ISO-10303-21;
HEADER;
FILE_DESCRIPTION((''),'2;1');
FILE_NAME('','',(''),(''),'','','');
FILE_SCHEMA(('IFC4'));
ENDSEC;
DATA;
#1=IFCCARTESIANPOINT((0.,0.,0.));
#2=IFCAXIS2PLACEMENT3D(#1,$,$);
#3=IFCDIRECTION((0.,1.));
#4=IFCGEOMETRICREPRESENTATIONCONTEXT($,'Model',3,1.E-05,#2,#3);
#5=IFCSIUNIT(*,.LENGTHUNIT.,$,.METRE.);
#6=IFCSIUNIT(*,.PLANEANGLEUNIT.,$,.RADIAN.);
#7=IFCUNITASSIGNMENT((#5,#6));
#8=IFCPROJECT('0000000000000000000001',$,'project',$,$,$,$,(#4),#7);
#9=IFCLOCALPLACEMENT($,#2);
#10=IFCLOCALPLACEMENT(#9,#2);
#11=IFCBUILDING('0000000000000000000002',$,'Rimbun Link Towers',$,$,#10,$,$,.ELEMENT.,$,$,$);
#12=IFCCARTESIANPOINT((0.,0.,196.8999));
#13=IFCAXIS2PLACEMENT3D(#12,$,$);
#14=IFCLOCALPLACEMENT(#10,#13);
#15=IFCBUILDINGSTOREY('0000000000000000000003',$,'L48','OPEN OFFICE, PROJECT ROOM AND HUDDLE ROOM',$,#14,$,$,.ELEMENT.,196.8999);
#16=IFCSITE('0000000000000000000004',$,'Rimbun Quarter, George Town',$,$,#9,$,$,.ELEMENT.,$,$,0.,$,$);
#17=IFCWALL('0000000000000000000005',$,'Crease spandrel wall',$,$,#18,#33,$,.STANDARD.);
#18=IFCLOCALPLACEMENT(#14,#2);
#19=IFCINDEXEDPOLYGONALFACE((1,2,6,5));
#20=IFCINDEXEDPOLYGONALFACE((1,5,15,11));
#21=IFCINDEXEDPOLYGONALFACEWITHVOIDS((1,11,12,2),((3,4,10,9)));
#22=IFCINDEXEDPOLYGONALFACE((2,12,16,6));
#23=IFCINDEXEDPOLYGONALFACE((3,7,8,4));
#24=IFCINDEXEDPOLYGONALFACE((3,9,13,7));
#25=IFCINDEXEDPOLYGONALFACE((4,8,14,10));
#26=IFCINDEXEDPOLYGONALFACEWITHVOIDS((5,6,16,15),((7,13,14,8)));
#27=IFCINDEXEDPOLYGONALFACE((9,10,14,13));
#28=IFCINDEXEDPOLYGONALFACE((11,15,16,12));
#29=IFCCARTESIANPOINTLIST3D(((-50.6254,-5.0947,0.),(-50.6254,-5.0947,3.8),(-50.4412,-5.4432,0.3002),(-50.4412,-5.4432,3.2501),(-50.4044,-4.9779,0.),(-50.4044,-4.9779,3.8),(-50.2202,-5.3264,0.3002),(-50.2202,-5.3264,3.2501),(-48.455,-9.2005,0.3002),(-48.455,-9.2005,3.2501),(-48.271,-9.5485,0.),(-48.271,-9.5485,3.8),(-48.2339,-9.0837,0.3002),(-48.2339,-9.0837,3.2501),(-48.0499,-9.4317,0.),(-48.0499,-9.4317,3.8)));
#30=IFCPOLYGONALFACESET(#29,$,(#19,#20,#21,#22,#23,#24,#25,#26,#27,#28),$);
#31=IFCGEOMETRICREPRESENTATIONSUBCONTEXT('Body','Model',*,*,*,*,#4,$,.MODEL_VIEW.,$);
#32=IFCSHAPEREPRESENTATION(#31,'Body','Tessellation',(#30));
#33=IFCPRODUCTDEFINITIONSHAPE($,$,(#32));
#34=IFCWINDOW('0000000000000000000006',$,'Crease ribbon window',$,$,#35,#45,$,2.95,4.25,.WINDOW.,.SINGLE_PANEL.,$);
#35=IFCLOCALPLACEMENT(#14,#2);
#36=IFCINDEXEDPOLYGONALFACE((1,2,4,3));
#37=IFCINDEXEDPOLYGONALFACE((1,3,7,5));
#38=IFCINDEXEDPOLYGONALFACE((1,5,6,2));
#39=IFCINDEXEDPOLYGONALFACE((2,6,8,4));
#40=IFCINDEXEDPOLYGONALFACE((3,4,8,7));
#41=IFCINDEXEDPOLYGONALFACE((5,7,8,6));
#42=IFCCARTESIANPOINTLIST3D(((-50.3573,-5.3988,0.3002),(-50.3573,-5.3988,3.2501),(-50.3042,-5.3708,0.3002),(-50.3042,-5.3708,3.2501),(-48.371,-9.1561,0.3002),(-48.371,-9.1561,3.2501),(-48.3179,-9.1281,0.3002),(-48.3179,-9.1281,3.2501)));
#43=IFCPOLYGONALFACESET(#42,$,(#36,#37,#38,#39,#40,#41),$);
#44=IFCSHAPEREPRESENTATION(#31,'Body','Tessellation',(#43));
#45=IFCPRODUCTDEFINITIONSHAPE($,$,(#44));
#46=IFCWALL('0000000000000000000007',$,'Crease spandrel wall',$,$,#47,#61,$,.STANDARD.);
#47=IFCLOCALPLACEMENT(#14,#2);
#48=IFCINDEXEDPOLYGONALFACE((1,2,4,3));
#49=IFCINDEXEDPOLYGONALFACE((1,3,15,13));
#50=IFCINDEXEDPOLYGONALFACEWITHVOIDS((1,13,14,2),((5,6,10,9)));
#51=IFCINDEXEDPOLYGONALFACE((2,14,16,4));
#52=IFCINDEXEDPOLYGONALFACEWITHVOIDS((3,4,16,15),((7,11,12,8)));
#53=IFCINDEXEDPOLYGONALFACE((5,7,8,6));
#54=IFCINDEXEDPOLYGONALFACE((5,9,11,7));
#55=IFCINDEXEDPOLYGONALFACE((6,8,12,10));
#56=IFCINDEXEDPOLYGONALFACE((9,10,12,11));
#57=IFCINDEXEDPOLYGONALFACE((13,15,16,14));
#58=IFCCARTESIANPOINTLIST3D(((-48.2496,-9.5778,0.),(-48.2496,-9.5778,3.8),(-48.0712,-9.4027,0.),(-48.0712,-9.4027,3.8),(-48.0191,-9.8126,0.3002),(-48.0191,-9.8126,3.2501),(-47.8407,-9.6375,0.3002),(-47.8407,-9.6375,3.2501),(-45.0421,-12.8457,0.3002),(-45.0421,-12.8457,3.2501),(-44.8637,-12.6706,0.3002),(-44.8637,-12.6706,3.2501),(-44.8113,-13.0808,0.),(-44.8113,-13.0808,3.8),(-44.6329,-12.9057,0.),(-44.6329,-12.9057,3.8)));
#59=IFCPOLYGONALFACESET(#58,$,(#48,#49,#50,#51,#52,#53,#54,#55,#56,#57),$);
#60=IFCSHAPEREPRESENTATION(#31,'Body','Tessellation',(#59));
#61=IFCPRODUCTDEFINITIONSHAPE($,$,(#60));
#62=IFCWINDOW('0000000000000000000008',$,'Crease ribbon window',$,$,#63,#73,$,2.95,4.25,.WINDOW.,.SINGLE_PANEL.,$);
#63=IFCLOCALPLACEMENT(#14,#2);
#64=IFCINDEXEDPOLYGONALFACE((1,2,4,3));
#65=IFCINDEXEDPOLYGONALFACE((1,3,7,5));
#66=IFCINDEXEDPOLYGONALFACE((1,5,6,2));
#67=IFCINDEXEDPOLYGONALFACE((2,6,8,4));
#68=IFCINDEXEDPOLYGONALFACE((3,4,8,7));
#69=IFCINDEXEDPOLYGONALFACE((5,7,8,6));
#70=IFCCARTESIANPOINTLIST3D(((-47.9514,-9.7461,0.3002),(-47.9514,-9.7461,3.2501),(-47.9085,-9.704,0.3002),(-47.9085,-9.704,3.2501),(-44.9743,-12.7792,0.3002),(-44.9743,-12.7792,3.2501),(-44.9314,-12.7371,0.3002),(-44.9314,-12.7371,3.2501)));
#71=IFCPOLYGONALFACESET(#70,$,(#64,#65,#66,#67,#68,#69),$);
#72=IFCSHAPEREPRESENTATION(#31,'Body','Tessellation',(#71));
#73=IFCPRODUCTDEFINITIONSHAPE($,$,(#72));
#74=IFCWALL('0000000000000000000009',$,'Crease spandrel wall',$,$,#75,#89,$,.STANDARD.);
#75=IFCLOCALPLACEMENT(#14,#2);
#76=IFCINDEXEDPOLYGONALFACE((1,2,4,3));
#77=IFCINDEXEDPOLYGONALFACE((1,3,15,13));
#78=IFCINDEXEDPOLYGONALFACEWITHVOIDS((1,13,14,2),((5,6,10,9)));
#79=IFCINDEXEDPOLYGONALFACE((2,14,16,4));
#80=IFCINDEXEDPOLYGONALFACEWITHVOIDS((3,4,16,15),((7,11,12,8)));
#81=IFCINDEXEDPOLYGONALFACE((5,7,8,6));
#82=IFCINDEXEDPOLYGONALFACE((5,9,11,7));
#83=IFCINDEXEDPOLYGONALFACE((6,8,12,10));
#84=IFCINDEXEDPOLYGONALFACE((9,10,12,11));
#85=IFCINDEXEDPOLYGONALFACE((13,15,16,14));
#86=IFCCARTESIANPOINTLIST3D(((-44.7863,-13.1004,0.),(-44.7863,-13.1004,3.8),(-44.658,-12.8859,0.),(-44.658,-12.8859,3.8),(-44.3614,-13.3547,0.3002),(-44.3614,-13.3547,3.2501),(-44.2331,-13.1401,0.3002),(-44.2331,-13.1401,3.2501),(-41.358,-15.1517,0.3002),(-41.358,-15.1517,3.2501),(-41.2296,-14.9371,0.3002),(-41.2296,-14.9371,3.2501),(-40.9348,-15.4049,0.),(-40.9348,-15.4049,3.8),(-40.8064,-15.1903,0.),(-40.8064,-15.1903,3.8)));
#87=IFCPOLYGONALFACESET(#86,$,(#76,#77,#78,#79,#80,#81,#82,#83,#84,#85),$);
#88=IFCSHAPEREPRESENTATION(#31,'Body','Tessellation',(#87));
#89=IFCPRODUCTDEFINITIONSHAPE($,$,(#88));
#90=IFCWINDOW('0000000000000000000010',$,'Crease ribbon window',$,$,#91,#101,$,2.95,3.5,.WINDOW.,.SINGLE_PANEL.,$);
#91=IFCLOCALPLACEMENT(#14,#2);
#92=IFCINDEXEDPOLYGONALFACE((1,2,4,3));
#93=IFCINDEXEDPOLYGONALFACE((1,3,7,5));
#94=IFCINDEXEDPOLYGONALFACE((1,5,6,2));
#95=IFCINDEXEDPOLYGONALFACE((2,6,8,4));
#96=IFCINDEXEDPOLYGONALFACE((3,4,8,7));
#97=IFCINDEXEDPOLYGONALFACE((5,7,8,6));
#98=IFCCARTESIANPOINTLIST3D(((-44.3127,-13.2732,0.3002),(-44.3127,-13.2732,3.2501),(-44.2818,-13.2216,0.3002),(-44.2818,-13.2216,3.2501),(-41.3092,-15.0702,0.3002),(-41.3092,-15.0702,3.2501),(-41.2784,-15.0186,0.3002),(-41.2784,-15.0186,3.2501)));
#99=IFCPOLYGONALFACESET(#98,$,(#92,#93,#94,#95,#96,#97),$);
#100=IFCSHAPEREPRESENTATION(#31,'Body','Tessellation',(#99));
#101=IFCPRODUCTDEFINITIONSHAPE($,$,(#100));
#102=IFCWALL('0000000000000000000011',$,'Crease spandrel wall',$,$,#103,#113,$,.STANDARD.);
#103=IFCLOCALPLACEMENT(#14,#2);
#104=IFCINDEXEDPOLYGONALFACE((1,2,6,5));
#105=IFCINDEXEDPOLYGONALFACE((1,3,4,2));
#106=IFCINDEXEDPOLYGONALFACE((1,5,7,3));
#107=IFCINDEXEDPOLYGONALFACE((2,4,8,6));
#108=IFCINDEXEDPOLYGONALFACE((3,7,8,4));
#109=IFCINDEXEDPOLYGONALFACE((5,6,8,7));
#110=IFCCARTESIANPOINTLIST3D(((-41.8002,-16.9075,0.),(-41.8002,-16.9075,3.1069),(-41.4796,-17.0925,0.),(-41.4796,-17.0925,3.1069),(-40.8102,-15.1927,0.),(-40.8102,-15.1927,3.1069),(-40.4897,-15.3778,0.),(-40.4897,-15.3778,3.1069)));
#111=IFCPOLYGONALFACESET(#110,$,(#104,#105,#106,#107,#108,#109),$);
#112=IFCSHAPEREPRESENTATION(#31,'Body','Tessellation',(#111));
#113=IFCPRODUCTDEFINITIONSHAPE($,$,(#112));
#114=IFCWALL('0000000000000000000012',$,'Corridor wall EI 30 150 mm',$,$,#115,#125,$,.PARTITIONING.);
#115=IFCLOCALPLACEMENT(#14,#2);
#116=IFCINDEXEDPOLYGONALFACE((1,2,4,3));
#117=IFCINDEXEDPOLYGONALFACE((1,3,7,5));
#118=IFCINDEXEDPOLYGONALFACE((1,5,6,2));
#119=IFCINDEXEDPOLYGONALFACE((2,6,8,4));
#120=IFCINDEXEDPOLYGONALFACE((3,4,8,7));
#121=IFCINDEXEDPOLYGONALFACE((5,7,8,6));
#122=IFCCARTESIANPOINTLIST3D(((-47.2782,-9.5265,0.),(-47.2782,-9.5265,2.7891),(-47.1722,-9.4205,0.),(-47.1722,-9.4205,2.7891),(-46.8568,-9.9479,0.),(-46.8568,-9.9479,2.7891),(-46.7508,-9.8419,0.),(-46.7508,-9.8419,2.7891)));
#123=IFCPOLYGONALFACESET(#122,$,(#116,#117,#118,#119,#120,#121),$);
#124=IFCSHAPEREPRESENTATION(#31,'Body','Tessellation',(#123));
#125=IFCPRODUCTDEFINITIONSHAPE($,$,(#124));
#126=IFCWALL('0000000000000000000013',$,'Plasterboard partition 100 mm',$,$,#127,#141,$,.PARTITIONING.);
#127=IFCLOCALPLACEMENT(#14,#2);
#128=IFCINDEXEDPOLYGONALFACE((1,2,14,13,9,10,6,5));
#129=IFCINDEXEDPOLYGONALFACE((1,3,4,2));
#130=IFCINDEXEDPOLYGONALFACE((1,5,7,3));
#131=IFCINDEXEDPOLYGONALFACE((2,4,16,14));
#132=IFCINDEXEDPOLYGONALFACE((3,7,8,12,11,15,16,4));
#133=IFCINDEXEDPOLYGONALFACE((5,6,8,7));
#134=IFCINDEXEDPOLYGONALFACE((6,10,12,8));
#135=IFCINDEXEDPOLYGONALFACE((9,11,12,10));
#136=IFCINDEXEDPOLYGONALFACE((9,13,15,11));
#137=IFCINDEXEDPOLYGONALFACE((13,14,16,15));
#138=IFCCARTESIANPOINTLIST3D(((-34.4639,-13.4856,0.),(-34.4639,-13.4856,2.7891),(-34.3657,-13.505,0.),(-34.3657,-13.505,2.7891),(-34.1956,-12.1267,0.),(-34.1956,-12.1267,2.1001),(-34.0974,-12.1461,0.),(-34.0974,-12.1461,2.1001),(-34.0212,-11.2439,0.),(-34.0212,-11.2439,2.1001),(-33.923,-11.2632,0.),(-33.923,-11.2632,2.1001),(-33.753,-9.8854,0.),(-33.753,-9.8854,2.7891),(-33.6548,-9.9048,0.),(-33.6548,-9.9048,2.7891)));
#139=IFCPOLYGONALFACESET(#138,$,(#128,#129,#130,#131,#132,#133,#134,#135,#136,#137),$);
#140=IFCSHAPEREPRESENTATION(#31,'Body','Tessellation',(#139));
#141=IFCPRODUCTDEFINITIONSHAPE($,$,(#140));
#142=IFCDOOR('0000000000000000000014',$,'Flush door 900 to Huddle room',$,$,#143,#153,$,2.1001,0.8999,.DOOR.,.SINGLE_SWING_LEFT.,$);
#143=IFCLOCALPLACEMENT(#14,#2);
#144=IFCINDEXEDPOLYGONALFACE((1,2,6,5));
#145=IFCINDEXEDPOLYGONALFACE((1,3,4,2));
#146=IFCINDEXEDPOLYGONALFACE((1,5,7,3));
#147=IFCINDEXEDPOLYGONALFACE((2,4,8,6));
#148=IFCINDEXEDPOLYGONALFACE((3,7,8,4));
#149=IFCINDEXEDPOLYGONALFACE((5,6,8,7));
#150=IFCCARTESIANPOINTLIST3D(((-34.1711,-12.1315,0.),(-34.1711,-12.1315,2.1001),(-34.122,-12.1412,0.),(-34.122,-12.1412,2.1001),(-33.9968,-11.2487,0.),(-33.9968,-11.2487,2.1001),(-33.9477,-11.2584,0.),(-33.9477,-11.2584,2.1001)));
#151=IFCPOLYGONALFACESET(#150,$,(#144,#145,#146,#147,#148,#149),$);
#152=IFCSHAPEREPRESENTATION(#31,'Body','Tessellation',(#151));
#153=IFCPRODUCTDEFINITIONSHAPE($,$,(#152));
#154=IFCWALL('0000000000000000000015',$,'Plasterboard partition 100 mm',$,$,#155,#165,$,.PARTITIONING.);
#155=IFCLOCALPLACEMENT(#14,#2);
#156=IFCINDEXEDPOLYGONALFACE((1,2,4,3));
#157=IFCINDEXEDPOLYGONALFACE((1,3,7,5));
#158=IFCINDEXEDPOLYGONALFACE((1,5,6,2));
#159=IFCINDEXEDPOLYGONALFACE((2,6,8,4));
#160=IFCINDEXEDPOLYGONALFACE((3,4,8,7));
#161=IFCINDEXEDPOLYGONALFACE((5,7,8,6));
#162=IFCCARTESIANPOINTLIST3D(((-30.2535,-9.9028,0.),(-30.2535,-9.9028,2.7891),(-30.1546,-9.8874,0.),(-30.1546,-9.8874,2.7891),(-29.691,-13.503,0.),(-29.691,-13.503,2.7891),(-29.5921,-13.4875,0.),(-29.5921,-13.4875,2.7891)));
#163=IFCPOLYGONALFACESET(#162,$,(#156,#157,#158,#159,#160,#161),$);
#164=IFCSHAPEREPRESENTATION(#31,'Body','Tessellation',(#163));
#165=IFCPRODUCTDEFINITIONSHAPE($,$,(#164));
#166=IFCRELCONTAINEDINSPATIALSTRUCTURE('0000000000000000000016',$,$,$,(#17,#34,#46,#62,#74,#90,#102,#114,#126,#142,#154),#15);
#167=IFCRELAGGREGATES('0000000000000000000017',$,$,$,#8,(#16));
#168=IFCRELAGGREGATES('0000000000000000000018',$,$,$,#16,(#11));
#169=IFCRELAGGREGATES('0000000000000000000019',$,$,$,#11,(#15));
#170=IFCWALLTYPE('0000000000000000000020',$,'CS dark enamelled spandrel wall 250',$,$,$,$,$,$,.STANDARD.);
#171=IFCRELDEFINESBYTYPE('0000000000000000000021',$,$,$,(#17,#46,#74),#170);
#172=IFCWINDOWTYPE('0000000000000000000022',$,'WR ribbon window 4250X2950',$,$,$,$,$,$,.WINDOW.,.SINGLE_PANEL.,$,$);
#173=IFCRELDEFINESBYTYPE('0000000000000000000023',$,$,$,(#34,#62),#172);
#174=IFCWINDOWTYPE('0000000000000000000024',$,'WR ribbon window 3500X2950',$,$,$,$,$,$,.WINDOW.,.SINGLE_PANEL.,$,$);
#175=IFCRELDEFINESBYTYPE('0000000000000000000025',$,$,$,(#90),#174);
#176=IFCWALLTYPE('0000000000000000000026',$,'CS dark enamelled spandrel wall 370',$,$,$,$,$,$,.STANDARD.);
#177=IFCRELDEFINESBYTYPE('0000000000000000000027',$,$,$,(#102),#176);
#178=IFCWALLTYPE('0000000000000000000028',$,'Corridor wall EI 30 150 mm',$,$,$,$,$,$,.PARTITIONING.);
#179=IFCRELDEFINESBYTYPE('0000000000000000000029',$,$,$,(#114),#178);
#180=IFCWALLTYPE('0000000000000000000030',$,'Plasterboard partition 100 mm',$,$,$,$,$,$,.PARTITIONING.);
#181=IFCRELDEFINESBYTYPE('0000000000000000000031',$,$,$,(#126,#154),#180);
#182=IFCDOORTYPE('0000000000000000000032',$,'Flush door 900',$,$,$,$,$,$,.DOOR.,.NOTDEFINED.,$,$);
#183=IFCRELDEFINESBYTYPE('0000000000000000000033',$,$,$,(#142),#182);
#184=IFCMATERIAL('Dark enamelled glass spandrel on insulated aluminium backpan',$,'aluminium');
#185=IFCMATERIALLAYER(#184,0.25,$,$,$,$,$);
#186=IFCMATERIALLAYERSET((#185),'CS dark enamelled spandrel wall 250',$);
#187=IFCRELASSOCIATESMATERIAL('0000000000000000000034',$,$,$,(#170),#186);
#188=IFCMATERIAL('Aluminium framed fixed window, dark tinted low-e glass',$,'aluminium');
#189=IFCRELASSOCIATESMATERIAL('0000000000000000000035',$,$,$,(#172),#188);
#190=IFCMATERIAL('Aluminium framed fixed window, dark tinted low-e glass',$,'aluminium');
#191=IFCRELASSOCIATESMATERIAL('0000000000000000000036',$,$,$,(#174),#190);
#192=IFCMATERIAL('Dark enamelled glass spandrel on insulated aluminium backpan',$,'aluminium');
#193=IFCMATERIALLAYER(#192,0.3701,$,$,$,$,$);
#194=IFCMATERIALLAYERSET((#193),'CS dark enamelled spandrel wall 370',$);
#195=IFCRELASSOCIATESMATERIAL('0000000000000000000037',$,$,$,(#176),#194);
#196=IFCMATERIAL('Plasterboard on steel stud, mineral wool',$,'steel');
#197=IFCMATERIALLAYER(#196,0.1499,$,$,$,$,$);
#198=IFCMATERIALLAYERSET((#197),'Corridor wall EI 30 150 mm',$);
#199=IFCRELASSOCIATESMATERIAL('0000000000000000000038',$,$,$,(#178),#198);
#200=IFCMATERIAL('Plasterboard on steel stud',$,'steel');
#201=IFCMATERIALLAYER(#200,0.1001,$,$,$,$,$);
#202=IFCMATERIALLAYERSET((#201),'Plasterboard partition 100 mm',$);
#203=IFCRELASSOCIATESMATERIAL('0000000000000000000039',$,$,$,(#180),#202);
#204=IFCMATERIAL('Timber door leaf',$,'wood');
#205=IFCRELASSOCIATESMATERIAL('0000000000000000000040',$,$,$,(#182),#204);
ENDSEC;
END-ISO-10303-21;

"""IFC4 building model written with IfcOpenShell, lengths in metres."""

from ifc_helpers import new_model, si_unit, direction, frame, frame_2d, origin, place, context, subcontext, project, spatial, rectangle, extrude, material, layer, layer_set, type_object, element, fill, save


model = new_model("IFC4")

# Units and contexts
model_context = context("Model", 3, precision=1e-05, world=origin(), true_north=direction((0.0, 1.0)))
body_context = subcontext(model_context, "Body", "Model", "MODEL_VIEW")
ifc_project = project(units=[si_unit("LENGTHUNIT", "METRE"), si_unit("PLANEANGLEUNIT", "RADIAN")], contexts=[model_context])

# Site, building, storey
site_placement = place(None, origin())
site = spatial("IfcSite", under=ifc_project, at=site_placement, Name="Rimbun Quarter, George Town", CompositionType="ELEMENT", RefElevation=0.0)
building_placement = place(site_placement, origin())
building = spatial("IfcBuilding", under=site, at=building_placement, Name="Rimbun Link Towers", CompositionType="ELEMENT")
storey_placement = place(building_placement, frame((0.0, 0.0, 196.8999)))
storey = spatial("IfcBuildingStorey", under=building, at=storey_placement, Name="L48", Description="OPEN OFFICE, PROJECT ROOM AND HUDDLE ROOM", CompositionType="ELEMENT", Elevation=196.8999)

# Walls, openings, windows
ifc_material_1 = material(Name="Dark enamelled glass spandrel on insulated aluminium backpan", Category="aluminium")
ifc_layer_1 = layer(ifc_material_1, 0.25)
ifc_layer_set_1 = layer_set([ifc_layer_1], Name="CS dark enamelled spandrel wall 250")
wall_type_1 = type_object("IfcWallType", Name="CS dark enamelled spandrel wall 250", PredefinedType="STANDARD", material=ifc_layer_set_1)
wall_1_placement = place(storey_placement, frame((-48.1604, -9.4902, 0.0), z_axis=(0.0, 0.0, 1.0), x_axis=(-0.467355, 0.884069, 0.0)))
wall_1 = element("IfcWall", 1, at=wall_1_placement, inside=storey, type_object=wall_type_1, Name="Crease spandrel wall", PredefinedType="STANDARD", context=body_context, shape_type="SweptSolid", body=[
    extrude(rectangle(XDim=5.0378, YDim=0.25, at=frame_2d((2.519, 0.0))), origin(), (0.0, 0.0, 1.0), 3.8),
])
opening_1_placement = place(wall_1_placement, frame((0.3938, 0.0, 0.3)))
opening_1 = element("IfcOpeningElement", 2, at=opening_1_placement, cuts=wall_1, PredefinedType="OPENING", context=body_context, shape_type="SweptSolid", body=[
    extrude(rectangle(XDim=4.25, YDim=2.95, at=frame_2d((2.125, 1.4751))), frame((0.0, 0.135, 0.0), z_axis=(0.0, -1.0, 0.0), x_axis=(1.0, 0.0, 0.0)), (0.0, 0.0, 1.0), 0.27),
])
ifc_material_2 = material(Name="Aluminium framed fixed window, dark tinted low-e glass", Category="aluminium")
window_type_1 = type_object("IfcWindowType", Name="WR ribbon window 4250X2950", PartitioningType="SINGLE_PANEL", PredefinedType="WINDOW", material=ifc_material_2)
window_1_placement = place(opening_1_placement, origin())
window_1 = element("IfcWindow", 3, at=window_1_placement, inside=storey, type_object=window_type_1, Name="Crease ribbon window", OverallHeight=2.95, OverallWidth=4.25, PartitioningType="SINGLE_PANEL", PredefinedType="WINDOW", context=body_context, shape_type="SweptSolid", body=[
    extrude(rectangle(XDim=4.25, YDim=2.95, at=frame_2d((2.125, 1.4751))), frame((0.0, 0.03, 0.0), z_axis=(0.0, -1.0, 0.0), x_axis=(1.0, 0.0, 0.0)), (0.0, 0.0, 1.0), 0.0601),
])
fill(opening_1, window_1)
wall_2_placement = place(storey_placement, frame((-44.7222, -12.9932, 0.0), z_axis=(0.0, 0.0, 1.0), x_axis=(-0.700486, 0.713667, 0.0)))
wall_2 = element("IfcWall", 4, at=wall_2_placement, inside=storey, type_object=wall_type_1, Name="Crease spandrel wall", PredefinedType="STANDARD", context=body_context, shape_type="SweptSolid", body=[
    extrude(rectangle(XDim=4.9084, YDim=0.25, at=frame_2d((2.4541, 0.0))), origin(), (0.0, 0.0, 1.0), 3.8),
])
opening_2_placement = place(wall_2_placement, frame((0.3293, 0.0, 0.3)))
opening_2 = element("IfcOpeningElement", 5, at=opening_2_placement, cuts=wall_2, PredefinedType="OPENING", context=body_context, shape_type="SweptSolid", body=[
    extrude(rectangle(XDim=4.25, YDim=2.95, at=frame_2d((2.125, 1.4751))), frame((0.0, 0.135, 0.0), z_axis=(0.0, -1.0, 0.0), x_axis=(1.0, 0.0, 0.0)), (0.0, 0.0, 1.0), 0.27),
])
window_2_placement = place(opening_2_placement, origin())
window_2 = element("IfcWindow", 6, at=window_2_placement, inside=storey, type_object=window_type_1, Name="Crease ribbon window", OverallHeight=2.95, OverallWidth=4.25, PartitioningType="SINGLE_PANEL", PredefinedType="WINDOW", context=body_context, shape_type="SweptSolid", body=[
    extrude(rectangle(XDim=4.25, YDim=2.95, at=frame_2d((2.125, 1.4751))), frame((0.0, 0.03, 0.0), z_axis=(0.0, -1.0, 0.0), x_axis=(1.0, 0.0, 0.0)), (0.0, 0.0, 1.0), 0.0601),
])
fill(opening_2, window_2)
wall_3_placement = place(storey_placement, frame((-40.8706, -15.2976, 0.0), z_axis=(0.0, 0.0, 1.0), x_axis=(-0.858131, 0.513431, 0.0)))
wall_3 = element("IfcWall", 7, at=wall_3_placement, inside=storey, type_object=wall_type_1, Name="Crease spandrel wall", PredefinedType="STANDARD", context=body_context, shape_type="SweptSolid", body=[
    extrude(rectangle(XDim=4.4883, YDim=0.25, at=frame_2d((2.2441, 0.0))), origin(), (0.0, 0.0, 1.0), 3.8),
])
opening_3_placement = place(wall_3_placement, frame((0.4932, 0.0, 0.3)))
opening_3 = element("IfcOpeningElement", 8, at=opening_3_placement, cuts=wall_3, PredefinedType="OPENING", context=body_context, shape_type="SweptSolid", body=[
    extrude(rectangle(XDim=3.5, YDim=2.95, at=frame_2d((1.75, 1.4751))), frame((0.0, 0.135, 0.0), z_axis=(0.0, -1.0, 0.0), x_axis=(1.0, 0.0, 0.0)), (0.0, 0.0, 1.0), 0.27),
])
ifc_material_3 = material(Name="Aluminium framed fixed window, dark tinted low-e glass", Category="aluminium")
window_type_2 = type_object("IfcWindowType", Name="WR ribbon window 3500X2950", PartitioningType="SINGLE_PANEL", PredefinedType="WINDOW", material=ifc_material_3)
window_3_placement = place(opening_3_placement, origin())
window_3 = element("IfcWindow", 9, at=window_3_placement, inside=storey, type_object=window_type_2, Name="Crease ribbon window", OverallHeight=2.95, OverallWidth=3.5, PartitioningType="SINGLE_PANEL", PredefinedType="WINDOW", context=body_context, shape_type="SweptSolid", body=[
    extrude(rectangle(XDim=3.5, YDim=2.95, at=frame_2d((1.75, 1.4751))), frame((0.0, 0.03, 0.0), z_axis=(0.0, -1.0, 0.0), x_axis=(1.0, 0.0, 0.0)), (0.0, 0.0, 1.0), 0.0601),
])
fill(opening_3, window_3)

# Walls
ifc_material_4 = material(Name="Dark enamelled glass spandrel on insulated aluminium backpan", Category="aluminium")
ifc_layer_2 = layer(ifc_material_4, 0.3701)
ifc_layer_set_2 = layer_set([ifc_layer_2], Name="CS dark enamelled spandrel wall 370")
wall_type_2 = type_object("IfcWallType", Name="CS dark enamelled spandrel wall 370", PredefinedType="STANDARD", material=ifc_layer_set_2)
wall_4_placement = place(storey_placement, frame((-41.6399, -17.0, 0.0), z_axis=(0.0, 0.0, 1.0), x_axis=(0.499971, 0.866042, 0.0)))
element("IfcWall", 10, at=wall_4_placement, inside=storey, type_object=wall_type_2, Name="Crease spandrel wall", PredefinedType="STANDARD", context=body_context, shape_type="SweptSolid", body=[
    extrude(rectangle(XDim=1.98, YDim=0.3701, at=frame_2d((0.99, 0.0))), origin(), (0.0, 0.0, 1.0), 3.1069),
])
ifc_material_5 = material(Name="Plasterboard on steel stud, mineral wool", Category="steel")
ifc_layer_3 = layer(ifc_material_5, 0.1499)
ifc_layer_set_3 = layer_set([ifc_layer_3], Name="Corridor wall EI 30 150 mm")
wall_type_3 = type_object("IfcWallType", Name="Corridor wall EI 30 150 mm", PredefinedType="PARTITIONING", material=ifc_layer_set_3)
wall_5_placement = place(storey_placement, frame((-47.2251, -9.4736, 0.0), z_axis=(0.0, 0.0, 1.0), x_axis=(0.707107, -0.707107, 0.0)))
element("IfcWall", 11, at=wall_5_placement, inside=storey, type_object=wall_type_3, Name="Corridor wall EI 30 150 mm", PredefinedType="PARTITIONING", context=body_context, shape_type="SweptSolid", body=[
    extrude(rectangle(XDim=0.5959, YDim=0.1499, at=frame_2d((0.2979, 0.0))), origin(), (0.0, 0.0, 1.0), 2.7891),
])

# Wall, opening, door
ifc_material_6 = material(Name="Plasterboard on steel stud", Category="steel")
ifc_layer_4 = layer(ifc_material_6, 0.1001)
ifc_layer_set_4 = layer_set([ifc_layer_4], Name="Plasterboard partition 100 mm")
wall_type_4 = type_object("IfcWallType", Name="Plasterboard partition 100 mm", PredefinedType="PARTITIONING", material=ifc_layer_set_4)
wall_6_placement = place(storey_placement, frame((-33.7039, -9.895, 0.0), z_axis=(0.0, 0.0, 1.0), x_axis=(-0.193736, -0.981054, 0.0)))
wall_6 = element("IfcWall", 12, at=wall_6_placement, inside=storey, type_object=wall_type_4, Name="Plasterboard partition 100 mm", PredefinedType="PARTITIONING", context=body_context, shape_type="SweptSolid", body=[
    extrude(rectangle(XDim=3.6697, YDim=0.1001, at=frame_2d((1.835, 0.0))), origin(), (0.0, 0.0, 1.0), 2.7891),
])
opening_4_placement = place(wall_6_placement, frame((1.3848, 0.0, 0.0)))
opening_4 = element("IfcOpeningElement", 13, at=opening_4_placement, cuts=wall_6, PredefinedType="OPENING", context=body_context, shape_type="SweptSolid", body=[
    extrude(rectangle(XDim=0.8999, YDim=2.1001, at=frame_2d((0.45, 1.05))), frame((0.0, 0.0601, 0.0), z_axis=(0.0, -1.0, 0.0), x_axis=(1.0, 0.0, 0.0)), (0.0, 0.0, 1.0), 0.1201),
])
ifc_material_7 = material(Name="Timber door leaf", Category="wood")
door_type = type_object("IfcDoorType", Name="Flush door 900", OperationType="NOTDEFINED", PredefinedType="DOOR", material=ifc_material_7)
door_placement = place(opening_4_placement, origin())
door = element("IfcDoor", 14, at=door_placement, inside=storey, type_object=door_type, Name="Flush door 900 to Huddle room", OperationType="SINGLE_SWING_LEFT", OverallHeight=2.1001, OverallWidth=0.8999, PredefinedType="DOOR", context=body_context, shape_type="SweptSolid", body=[
    extrude(rectangle(XDim=0.8999, YDim=2.1001, at=frame_2d((0.45, 1.05))), frame((0.0, 0.0249, 0.0), z_axis=(0.0, -1.0, 0.0), x_axis=(1.0, 0.0, 0.0)), (0.0, 0.0, 1.0), 0.05),
])
fill(opening_4, door)

# Wall
wall_7_placement = place(storey_placement, frame((-29.6416, -13.4951, 0.0), z_axis=(0.0, 0.0, 1.0), x_axis=(-0.154373, 0.988013, 0.0)))
element("IfcWall", 15, at=wall_7_placement, inside=storey, type_object=wall_type_4, Name="Plasterboard partition 100 mm", PredefinedType="PARTITIONING", context=body_context, shape_type="SweptSolid", body=[
    extrude(rectangle(XDim=3.6438, YDim=0.1001, at=frame_2d((1.8218, 0.0))), origin(), (0.0, 0.0, 1.0), 2.7891),
])

save(model, "model.ifc")
